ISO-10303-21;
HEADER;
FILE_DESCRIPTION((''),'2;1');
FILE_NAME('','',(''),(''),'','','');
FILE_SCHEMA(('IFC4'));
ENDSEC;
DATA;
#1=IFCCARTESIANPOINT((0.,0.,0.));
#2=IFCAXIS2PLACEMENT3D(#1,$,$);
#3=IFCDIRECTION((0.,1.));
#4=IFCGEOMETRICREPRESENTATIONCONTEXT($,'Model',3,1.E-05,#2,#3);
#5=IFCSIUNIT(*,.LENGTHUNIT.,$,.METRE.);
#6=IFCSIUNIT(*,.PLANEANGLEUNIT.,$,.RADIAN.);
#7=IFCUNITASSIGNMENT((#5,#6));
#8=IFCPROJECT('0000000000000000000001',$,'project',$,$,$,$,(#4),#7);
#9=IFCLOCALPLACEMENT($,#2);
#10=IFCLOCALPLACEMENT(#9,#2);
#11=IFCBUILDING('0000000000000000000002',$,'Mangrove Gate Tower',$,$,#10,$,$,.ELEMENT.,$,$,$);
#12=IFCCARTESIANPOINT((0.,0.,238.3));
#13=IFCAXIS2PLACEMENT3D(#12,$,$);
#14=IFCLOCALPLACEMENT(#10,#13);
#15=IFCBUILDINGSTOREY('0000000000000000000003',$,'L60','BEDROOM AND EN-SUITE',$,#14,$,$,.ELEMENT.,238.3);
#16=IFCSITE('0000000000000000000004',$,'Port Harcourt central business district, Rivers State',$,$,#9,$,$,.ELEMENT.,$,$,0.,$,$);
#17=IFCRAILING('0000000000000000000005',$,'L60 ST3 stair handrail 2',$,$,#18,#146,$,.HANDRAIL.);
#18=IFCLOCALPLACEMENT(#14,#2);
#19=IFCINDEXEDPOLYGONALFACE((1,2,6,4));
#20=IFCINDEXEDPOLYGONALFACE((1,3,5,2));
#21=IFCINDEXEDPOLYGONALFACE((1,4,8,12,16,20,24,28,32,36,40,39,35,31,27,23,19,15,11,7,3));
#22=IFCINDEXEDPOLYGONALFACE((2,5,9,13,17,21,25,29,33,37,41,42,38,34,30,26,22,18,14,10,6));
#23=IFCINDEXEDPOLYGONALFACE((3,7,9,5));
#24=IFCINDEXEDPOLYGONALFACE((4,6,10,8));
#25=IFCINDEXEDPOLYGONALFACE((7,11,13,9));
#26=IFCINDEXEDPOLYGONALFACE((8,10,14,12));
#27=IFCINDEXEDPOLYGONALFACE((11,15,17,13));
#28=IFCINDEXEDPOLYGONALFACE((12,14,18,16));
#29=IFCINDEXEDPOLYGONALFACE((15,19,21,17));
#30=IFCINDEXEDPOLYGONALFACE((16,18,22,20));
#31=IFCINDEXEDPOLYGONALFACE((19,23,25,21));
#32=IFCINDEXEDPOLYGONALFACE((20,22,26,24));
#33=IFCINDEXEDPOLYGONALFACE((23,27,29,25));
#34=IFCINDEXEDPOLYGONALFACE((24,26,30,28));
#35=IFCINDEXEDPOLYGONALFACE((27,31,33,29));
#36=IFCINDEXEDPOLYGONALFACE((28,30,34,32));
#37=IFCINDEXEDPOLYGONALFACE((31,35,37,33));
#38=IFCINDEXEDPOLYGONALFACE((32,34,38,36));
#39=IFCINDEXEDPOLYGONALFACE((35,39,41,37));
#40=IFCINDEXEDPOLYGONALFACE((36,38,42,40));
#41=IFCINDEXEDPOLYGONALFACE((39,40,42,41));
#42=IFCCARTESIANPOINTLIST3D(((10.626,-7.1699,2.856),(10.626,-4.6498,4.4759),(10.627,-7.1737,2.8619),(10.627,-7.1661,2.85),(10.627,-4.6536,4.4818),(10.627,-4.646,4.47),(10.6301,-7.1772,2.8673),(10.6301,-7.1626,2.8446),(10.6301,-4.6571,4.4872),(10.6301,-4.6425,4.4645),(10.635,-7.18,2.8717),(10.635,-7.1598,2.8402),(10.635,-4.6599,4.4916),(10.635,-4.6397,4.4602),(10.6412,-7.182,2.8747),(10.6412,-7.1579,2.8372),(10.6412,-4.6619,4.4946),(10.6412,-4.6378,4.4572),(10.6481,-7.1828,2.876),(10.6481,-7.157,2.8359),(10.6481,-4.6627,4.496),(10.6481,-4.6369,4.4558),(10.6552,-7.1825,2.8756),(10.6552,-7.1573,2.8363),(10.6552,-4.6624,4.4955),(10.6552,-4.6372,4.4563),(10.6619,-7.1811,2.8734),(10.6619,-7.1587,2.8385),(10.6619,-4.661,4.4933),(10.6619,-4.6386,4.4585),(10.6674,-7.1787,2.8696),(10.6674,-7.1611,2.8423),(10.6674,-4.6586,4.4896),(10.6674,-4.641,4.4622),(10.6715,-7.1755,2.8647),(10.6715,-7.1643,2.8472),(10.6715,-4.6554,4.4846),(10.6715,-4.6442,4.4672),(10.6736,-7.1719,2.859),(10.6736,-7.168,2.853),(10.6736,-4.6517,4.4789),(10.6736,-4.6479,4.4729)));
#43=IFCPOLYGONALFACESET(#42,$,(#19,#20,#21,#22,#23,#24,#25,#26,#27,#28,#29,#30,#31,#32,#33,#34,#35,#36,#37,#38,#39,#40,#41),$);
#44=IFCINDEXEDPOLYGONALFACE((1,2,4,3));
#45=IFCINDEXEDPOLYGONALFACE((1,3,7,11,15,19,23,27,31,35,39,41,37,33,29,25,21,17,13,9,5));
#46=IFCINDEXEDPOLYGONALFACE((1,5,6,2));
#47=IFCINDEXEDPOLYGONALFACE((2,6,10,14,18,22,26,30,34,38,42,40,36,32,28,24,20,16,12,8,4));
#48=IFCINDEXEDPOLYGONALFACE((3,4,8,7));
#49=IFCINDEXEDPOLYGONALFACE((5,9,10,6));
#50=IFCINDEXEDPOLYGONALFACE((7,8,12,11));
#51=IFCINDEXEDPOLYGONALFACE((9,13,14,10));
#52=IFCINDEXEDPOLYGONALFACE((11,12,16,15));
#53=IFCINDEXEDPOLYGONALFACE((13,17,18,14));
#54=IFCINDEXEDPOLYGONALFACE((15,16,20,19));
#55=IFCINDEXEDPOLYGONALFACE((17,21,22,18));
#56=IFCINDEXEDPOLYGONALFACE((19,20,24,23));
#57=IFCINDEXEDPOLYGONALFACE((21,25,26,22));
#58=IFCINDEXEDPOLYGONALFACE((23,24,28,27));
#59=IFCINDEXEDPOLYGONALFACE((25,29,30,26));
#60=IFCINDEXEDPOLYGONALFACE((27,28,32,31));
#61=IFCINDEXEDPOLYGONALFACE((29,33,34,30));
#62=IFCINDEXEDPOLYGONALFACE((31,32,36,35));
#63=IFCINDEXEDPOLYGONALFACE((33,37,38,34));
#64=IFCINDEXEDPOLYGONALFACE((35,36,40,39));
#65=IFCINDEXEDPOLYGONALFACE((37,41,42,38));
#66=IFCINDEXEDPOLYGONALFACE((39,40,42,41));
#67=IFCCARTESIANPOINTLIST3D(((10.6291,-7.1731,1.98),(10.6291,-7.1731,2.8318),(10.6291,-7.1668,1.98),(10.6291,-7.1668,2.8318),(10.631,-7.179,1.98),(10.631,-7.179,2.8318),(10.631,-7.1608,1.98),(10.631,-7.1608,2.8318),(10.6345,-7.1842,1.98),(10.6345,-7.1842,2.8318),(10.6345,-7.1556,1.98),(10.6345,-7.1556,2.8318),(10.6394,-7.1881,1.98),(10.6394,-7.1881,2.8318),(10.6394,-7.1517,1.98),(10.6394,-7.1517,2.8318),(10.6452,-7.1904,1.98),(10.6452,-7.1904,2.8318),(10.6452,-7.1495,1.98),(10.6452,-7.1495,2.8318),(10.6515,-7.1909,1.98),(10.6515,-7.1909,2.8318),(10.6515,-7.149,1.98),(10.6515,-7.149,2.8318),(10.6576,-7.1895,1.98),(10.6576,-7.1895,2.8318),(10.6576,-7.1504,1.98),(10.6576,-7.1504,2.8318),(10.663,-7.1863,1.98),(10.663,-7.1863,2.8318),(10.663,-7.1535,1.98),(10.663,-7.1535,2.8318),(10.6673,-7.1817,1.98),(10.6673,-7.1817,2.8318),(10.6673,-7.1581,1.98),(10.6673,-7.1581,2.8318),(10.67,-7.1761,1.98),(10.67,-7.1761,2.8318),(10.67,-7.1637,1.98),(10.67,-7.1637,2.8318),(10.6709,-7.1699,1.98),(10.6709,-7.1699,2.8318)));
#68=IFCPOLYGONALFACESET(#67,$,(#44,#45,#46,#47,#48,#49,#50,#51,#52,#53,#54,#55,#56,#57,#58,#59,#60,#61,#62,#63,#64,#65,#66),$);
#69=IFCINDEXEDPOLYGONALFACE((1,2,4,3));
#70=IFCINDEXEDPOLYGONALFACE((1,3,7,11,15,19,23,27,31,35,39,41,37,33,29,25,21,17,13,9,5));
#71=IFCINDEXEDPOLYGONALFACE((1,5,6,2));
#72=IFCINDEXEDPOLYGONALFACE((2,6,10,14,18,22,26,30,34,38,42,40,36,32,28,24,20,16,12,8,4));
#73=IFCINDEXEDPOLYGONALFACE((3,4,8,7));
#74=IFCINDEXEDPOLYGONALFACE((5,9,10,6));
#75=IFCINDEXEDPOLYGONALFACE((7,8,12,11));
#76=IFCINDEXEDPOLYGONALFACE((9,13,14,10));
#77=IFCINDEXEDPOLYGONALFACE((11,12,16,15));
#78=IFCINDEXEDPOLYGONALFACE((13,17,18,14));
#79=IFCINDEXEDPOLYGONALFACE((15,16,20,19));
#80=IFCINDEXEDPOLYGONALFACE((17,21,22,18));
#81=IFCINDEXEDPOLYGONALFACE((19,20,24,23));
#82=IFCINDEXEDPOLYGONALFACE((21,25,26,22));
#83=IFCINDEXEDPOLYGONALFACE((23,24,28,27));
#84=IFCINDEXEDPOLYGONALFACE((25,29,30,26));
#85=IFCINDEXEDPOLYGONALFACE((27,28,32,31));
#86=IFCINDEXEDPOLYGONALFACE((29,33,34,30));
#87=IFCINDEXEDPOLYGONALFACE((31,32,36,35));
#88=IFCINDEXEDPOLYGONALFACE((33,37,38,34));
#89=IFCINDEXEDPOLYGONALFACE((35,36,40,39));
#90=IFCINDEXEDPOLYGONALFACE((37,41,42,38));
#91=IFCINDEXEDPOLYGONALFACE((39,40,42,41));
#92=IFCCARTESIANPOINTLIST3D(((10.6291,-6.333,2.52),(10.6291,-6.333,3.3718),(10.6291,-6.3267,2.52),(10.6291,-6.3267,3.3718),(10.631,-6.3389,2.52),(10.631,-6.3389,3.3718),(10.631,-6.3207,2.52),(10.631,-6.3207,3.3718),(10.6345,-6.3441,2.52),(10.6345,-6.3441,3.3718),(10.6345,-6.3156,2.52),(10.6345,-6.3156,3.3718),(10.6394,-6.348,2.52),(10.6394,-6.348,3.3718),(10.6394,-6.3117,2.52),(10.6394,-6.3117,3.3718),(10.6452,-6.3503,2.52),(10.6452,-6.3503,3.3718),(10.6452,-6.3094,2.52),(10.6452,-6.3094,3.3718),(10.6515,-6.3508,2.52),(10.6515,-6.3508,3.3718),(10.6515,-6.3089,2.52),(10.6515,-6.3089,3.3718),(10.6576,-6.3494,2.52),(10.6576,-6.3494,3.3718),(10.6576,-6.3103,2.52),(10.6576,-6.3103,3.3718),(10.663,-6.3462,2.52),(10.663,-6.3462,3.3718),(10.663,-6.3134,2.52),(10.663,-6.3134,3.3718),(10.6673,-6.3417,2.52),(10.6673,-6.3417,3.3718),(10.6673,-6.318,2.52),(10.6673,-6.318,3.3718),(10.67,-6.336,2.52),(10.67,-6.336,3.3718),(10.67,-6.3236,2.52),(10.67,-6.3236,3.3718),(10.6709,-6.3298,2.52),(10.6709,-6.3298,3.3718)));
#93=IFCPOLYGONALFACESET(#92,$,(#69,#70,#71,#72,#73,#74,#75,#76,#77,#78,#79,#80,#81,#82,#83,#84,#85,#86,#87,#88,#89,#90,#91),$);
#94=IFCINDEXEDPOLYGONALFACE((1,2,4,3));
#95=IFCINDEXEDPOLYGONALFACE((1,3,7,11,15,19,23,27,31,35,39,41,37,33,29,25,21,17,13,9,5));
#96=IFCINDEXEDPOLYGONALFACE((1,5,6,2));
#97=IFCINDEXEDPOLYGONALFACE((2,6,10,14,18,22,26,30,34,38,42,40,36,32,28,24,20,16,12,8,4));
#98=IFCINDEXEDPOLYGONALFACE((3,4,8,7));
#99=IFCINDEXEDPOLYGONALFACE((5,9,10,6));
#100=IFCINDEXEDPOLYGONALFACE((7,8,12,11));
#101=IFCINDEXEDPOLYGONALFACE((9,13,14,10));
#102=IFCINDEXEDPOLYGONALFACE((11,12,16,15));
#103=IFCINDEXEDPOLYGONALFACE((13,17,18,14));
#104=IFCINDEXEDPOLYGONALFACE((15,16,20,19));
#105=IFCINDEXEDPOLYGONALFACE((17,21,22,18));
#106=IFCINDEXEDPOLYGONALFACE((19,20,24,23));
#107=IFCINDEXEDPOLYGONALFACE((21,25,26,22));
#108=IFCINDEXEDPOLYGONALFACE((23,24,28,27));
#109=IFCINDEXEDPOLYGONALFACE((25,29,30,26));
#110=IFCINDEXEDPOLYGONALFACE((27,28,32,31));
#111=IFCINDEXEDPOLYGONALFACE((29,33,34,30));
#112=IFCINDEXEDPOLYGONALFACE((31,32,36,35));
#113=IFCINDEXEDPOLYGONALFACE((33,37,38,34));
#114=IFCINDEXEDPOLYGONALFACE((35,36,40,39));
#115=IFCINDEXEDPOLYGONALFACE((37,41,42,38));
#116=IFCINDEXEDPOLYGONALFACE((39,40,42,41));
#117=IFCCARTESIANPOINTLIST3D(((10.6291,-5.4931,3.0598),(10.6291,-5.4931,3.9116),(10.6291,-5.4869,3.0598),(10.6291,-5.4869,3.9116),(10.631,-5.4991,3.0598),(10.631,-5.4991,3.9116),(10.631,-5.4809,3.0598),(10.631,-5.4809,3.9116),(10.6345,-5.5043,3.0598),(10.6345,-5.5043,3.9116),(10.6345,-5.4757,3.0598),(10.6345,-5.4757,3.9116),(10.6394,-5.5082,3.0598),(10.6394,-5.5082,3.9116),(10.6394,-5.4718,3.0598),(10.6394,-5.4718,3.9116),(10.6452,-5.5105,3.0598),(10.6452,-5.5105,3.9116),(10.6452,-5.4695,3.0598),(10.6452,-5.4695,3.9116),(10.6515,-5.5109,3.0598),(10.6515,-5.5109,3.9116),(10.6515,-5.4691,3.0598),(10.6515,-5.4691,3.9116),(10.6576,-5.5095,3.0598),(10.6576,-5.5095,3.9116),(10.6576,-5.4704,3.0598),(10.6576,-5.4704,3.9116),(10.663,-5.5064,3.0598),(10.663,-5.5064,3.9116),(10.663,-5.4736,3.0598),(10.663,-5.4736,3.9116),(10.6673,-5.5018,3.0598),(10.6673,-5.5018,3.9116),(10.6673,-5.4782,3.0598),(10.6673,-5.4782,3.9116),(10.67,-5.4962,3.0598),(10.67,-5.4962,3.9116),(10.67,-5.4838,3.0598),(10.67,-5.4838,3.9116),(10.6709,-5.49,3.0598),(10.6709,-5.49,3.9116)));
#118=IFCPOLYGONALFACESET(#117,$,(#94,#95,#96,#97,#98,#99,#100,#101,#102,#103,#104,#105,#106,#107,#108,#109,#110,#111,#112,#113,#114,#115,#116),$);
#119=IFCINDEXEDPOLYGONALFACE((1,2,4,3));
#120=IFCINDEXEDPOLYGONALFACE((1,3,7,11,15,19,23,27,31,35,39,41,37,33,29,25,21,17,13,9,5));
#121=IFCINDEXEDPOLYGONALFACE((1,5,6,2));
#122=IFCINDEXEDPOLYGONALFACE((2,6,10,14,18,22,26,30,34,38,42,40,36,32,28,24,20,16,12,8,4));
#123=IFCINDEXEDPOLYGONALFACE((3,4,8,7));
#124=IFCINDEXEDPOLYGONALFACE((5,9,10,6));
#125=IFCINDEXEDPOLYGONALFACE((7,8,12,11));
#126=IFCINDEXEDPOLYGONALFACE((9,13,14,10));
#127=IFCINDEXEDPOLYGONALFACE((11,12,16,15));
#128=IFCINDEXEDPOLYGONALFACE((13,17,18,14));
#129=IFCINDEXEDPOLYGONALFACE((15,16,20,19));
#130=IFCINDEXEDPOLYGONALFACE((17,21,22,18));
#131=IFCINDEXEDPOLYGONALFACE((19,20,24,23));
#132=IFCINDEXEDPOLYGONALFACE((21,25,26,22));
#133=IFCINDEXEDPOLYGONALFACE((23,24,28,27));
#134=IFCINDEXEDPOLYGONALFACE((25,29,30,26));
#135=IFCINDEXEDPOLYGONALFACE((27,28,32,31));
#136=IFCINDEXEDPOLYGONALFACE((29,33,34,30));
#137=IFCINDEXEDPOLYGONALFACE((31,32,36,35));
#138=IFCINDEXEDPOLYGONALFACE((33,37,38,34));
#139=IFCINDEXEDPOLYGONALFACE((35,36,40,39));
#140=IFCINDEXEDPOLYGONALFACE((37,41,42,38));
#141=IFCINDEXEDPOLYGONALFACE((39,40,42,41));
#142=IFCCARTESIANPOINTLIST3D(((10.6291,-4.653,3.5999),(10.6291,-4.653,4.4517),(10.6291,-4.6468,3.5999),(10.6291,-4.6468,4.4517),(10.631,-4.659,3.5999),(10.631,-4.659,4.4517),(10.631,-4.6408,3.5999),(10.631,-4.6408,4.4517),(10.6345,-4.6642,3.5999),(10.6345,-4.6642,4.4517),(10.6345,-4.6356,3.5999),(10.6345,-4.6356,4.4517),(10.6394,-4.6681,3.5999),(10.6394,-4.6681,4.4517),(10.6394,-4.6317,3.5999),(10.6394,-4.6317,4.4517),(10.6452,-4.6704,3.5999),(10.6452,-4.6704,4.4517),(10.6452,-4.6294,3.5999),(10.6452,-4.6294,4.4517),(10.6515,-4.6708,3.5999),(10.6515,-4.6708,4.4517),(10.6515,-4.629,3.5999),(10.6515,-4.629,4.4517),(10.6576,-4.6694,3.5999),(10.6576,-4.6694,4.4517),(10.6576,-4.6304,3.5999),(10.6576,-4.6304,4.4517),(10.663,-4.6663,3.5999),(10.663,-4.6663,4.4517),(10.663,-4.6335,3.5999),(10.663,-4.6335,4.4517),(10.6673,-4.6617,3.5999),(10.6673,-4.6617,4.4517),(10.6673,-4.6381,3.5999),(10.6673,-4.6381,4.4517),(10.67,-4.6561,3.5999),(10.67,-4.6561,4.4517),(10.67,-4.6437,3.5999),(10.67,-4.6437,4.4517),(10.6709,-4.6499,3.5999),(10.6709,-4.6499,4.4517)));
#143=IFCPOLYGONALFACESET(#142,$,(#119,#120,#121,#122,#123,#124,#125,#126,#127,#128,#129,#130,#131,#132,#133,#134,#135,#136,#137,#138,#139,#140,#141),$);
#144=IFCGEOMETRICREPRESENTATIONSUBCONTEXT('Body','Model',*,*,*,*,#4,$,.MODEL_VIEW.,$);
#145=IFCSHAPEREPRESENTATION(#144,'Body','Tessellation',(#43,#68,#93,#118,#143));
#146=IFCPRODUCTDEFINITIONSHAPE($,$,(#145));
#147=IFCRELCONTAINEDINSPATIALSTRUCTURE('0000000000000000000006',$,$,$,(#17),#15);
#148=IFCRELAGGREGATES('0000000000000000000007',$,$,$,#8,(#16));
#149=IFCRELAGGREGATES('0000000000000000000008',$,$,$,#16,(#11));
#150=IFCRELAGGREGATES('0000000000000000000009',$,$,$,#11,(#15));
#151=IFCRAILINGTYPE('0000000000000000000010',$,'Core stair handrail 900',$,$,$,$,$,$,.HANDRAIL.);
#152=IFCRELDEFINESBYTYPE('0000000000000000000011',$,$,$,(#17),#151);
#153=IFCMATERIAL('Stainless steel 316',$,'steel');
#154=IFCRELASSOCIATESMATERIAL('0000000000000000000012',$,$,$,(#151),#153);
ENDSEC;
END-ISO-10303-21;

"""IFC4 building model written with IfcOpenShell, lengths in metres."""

from ifc_helpers import new_model, si_unit, direction, frame, origin, origin_2d, place, context, subcontext, project, spatial, circle, extrude, material, type_object, element, save


model = new_model("IFC4")

# Units and contexts
model_context = context("Model", 3, precision=1e-05, world=origin(), true_north=direction((0.0, 1.0)))
body_context = subcontext(model_context, "Body", "Model", "MODEL_VIEW")
ifc_project = project(units=[si_unit("LENGTHUNIT", "METRE"), si_unit("PLANEANGLEUNIT", "RADIAN")], contexts=[model_context])

# Site, building, storey
site_placement = place(None, origin())
site = spatial("IfcSite", under=ifc_project, at=site_placement, Name="Port Harcourt central business district, Rivers State", CompositionType="ELEMENT", RefElevation=0.0)
building_placement = place(site_placement, origin())
building = spatial("IfcBuilding", under=site, at=building_placement, Name="Mangrove Gate Tower", CompositionType="ELEMENT")
storey_placement = place(building_placement, frame((0.0, 0.0, 238.3)))
storey = spatial("IfcBuildingStorey", under=building, at=storey_placement, Name="L60", Description="BEDROOM AND EN-SUITE", CompositionType="ELEMENT", Elevation=238.3)

# Railing
ifc_material_1 = material(Name="Stainless steel 316", Category="steel")
railing_type_1 = type_object("IfcRailingType", Name="Core stair handrail 900", PredefinedType="HANDRAIL", material=ifc_material_1)
railing_1_placement = place(storey_placement, frame((10.6499, -7.1699, 1.98)))
element("IfcRailing", 1, at=railing_1_placement, inside=storey, type_object=railing_type_1, Name="L60 ST3 stair handrail 2", PredefinedType="HANDRAIL", context=body_context, shape_type="SweptSolid", body=[
    extrude(circle(Radius=0.0239, at=origin_2d()), frame((0.0, 0.0, 0.876), z_axis=(0.0, 0.8412, 0.540725), x_axis=(-1.0, 0.0, 0.0)), (0.0, 0.0, 1.0), 2.9958),
    extrude(circle(Radius=0.021, at=origin_2d()), origin(), (0.0, 0.0, 1.0), 0.8518),
    extrude(circle(Radius=0.021, at=origin_2d()), frame((0.0, 0.8401, 0.54)), (0.0, 0.0, 1.0), 0.8518),
    extrude(circle(Radius=0.021, at=origin_2d()), frame((0.0, 1.6799, 1.0798)), (0.0, 0.0, 1.0), 0.8518),
    extrude(circle(Radius=0.021, at=origin_2d()), frame((0.0, 2.52, 1.6199)), (0.0, 0.0, 1.0), 0.8518),
])

save(model, "model.ifc")
